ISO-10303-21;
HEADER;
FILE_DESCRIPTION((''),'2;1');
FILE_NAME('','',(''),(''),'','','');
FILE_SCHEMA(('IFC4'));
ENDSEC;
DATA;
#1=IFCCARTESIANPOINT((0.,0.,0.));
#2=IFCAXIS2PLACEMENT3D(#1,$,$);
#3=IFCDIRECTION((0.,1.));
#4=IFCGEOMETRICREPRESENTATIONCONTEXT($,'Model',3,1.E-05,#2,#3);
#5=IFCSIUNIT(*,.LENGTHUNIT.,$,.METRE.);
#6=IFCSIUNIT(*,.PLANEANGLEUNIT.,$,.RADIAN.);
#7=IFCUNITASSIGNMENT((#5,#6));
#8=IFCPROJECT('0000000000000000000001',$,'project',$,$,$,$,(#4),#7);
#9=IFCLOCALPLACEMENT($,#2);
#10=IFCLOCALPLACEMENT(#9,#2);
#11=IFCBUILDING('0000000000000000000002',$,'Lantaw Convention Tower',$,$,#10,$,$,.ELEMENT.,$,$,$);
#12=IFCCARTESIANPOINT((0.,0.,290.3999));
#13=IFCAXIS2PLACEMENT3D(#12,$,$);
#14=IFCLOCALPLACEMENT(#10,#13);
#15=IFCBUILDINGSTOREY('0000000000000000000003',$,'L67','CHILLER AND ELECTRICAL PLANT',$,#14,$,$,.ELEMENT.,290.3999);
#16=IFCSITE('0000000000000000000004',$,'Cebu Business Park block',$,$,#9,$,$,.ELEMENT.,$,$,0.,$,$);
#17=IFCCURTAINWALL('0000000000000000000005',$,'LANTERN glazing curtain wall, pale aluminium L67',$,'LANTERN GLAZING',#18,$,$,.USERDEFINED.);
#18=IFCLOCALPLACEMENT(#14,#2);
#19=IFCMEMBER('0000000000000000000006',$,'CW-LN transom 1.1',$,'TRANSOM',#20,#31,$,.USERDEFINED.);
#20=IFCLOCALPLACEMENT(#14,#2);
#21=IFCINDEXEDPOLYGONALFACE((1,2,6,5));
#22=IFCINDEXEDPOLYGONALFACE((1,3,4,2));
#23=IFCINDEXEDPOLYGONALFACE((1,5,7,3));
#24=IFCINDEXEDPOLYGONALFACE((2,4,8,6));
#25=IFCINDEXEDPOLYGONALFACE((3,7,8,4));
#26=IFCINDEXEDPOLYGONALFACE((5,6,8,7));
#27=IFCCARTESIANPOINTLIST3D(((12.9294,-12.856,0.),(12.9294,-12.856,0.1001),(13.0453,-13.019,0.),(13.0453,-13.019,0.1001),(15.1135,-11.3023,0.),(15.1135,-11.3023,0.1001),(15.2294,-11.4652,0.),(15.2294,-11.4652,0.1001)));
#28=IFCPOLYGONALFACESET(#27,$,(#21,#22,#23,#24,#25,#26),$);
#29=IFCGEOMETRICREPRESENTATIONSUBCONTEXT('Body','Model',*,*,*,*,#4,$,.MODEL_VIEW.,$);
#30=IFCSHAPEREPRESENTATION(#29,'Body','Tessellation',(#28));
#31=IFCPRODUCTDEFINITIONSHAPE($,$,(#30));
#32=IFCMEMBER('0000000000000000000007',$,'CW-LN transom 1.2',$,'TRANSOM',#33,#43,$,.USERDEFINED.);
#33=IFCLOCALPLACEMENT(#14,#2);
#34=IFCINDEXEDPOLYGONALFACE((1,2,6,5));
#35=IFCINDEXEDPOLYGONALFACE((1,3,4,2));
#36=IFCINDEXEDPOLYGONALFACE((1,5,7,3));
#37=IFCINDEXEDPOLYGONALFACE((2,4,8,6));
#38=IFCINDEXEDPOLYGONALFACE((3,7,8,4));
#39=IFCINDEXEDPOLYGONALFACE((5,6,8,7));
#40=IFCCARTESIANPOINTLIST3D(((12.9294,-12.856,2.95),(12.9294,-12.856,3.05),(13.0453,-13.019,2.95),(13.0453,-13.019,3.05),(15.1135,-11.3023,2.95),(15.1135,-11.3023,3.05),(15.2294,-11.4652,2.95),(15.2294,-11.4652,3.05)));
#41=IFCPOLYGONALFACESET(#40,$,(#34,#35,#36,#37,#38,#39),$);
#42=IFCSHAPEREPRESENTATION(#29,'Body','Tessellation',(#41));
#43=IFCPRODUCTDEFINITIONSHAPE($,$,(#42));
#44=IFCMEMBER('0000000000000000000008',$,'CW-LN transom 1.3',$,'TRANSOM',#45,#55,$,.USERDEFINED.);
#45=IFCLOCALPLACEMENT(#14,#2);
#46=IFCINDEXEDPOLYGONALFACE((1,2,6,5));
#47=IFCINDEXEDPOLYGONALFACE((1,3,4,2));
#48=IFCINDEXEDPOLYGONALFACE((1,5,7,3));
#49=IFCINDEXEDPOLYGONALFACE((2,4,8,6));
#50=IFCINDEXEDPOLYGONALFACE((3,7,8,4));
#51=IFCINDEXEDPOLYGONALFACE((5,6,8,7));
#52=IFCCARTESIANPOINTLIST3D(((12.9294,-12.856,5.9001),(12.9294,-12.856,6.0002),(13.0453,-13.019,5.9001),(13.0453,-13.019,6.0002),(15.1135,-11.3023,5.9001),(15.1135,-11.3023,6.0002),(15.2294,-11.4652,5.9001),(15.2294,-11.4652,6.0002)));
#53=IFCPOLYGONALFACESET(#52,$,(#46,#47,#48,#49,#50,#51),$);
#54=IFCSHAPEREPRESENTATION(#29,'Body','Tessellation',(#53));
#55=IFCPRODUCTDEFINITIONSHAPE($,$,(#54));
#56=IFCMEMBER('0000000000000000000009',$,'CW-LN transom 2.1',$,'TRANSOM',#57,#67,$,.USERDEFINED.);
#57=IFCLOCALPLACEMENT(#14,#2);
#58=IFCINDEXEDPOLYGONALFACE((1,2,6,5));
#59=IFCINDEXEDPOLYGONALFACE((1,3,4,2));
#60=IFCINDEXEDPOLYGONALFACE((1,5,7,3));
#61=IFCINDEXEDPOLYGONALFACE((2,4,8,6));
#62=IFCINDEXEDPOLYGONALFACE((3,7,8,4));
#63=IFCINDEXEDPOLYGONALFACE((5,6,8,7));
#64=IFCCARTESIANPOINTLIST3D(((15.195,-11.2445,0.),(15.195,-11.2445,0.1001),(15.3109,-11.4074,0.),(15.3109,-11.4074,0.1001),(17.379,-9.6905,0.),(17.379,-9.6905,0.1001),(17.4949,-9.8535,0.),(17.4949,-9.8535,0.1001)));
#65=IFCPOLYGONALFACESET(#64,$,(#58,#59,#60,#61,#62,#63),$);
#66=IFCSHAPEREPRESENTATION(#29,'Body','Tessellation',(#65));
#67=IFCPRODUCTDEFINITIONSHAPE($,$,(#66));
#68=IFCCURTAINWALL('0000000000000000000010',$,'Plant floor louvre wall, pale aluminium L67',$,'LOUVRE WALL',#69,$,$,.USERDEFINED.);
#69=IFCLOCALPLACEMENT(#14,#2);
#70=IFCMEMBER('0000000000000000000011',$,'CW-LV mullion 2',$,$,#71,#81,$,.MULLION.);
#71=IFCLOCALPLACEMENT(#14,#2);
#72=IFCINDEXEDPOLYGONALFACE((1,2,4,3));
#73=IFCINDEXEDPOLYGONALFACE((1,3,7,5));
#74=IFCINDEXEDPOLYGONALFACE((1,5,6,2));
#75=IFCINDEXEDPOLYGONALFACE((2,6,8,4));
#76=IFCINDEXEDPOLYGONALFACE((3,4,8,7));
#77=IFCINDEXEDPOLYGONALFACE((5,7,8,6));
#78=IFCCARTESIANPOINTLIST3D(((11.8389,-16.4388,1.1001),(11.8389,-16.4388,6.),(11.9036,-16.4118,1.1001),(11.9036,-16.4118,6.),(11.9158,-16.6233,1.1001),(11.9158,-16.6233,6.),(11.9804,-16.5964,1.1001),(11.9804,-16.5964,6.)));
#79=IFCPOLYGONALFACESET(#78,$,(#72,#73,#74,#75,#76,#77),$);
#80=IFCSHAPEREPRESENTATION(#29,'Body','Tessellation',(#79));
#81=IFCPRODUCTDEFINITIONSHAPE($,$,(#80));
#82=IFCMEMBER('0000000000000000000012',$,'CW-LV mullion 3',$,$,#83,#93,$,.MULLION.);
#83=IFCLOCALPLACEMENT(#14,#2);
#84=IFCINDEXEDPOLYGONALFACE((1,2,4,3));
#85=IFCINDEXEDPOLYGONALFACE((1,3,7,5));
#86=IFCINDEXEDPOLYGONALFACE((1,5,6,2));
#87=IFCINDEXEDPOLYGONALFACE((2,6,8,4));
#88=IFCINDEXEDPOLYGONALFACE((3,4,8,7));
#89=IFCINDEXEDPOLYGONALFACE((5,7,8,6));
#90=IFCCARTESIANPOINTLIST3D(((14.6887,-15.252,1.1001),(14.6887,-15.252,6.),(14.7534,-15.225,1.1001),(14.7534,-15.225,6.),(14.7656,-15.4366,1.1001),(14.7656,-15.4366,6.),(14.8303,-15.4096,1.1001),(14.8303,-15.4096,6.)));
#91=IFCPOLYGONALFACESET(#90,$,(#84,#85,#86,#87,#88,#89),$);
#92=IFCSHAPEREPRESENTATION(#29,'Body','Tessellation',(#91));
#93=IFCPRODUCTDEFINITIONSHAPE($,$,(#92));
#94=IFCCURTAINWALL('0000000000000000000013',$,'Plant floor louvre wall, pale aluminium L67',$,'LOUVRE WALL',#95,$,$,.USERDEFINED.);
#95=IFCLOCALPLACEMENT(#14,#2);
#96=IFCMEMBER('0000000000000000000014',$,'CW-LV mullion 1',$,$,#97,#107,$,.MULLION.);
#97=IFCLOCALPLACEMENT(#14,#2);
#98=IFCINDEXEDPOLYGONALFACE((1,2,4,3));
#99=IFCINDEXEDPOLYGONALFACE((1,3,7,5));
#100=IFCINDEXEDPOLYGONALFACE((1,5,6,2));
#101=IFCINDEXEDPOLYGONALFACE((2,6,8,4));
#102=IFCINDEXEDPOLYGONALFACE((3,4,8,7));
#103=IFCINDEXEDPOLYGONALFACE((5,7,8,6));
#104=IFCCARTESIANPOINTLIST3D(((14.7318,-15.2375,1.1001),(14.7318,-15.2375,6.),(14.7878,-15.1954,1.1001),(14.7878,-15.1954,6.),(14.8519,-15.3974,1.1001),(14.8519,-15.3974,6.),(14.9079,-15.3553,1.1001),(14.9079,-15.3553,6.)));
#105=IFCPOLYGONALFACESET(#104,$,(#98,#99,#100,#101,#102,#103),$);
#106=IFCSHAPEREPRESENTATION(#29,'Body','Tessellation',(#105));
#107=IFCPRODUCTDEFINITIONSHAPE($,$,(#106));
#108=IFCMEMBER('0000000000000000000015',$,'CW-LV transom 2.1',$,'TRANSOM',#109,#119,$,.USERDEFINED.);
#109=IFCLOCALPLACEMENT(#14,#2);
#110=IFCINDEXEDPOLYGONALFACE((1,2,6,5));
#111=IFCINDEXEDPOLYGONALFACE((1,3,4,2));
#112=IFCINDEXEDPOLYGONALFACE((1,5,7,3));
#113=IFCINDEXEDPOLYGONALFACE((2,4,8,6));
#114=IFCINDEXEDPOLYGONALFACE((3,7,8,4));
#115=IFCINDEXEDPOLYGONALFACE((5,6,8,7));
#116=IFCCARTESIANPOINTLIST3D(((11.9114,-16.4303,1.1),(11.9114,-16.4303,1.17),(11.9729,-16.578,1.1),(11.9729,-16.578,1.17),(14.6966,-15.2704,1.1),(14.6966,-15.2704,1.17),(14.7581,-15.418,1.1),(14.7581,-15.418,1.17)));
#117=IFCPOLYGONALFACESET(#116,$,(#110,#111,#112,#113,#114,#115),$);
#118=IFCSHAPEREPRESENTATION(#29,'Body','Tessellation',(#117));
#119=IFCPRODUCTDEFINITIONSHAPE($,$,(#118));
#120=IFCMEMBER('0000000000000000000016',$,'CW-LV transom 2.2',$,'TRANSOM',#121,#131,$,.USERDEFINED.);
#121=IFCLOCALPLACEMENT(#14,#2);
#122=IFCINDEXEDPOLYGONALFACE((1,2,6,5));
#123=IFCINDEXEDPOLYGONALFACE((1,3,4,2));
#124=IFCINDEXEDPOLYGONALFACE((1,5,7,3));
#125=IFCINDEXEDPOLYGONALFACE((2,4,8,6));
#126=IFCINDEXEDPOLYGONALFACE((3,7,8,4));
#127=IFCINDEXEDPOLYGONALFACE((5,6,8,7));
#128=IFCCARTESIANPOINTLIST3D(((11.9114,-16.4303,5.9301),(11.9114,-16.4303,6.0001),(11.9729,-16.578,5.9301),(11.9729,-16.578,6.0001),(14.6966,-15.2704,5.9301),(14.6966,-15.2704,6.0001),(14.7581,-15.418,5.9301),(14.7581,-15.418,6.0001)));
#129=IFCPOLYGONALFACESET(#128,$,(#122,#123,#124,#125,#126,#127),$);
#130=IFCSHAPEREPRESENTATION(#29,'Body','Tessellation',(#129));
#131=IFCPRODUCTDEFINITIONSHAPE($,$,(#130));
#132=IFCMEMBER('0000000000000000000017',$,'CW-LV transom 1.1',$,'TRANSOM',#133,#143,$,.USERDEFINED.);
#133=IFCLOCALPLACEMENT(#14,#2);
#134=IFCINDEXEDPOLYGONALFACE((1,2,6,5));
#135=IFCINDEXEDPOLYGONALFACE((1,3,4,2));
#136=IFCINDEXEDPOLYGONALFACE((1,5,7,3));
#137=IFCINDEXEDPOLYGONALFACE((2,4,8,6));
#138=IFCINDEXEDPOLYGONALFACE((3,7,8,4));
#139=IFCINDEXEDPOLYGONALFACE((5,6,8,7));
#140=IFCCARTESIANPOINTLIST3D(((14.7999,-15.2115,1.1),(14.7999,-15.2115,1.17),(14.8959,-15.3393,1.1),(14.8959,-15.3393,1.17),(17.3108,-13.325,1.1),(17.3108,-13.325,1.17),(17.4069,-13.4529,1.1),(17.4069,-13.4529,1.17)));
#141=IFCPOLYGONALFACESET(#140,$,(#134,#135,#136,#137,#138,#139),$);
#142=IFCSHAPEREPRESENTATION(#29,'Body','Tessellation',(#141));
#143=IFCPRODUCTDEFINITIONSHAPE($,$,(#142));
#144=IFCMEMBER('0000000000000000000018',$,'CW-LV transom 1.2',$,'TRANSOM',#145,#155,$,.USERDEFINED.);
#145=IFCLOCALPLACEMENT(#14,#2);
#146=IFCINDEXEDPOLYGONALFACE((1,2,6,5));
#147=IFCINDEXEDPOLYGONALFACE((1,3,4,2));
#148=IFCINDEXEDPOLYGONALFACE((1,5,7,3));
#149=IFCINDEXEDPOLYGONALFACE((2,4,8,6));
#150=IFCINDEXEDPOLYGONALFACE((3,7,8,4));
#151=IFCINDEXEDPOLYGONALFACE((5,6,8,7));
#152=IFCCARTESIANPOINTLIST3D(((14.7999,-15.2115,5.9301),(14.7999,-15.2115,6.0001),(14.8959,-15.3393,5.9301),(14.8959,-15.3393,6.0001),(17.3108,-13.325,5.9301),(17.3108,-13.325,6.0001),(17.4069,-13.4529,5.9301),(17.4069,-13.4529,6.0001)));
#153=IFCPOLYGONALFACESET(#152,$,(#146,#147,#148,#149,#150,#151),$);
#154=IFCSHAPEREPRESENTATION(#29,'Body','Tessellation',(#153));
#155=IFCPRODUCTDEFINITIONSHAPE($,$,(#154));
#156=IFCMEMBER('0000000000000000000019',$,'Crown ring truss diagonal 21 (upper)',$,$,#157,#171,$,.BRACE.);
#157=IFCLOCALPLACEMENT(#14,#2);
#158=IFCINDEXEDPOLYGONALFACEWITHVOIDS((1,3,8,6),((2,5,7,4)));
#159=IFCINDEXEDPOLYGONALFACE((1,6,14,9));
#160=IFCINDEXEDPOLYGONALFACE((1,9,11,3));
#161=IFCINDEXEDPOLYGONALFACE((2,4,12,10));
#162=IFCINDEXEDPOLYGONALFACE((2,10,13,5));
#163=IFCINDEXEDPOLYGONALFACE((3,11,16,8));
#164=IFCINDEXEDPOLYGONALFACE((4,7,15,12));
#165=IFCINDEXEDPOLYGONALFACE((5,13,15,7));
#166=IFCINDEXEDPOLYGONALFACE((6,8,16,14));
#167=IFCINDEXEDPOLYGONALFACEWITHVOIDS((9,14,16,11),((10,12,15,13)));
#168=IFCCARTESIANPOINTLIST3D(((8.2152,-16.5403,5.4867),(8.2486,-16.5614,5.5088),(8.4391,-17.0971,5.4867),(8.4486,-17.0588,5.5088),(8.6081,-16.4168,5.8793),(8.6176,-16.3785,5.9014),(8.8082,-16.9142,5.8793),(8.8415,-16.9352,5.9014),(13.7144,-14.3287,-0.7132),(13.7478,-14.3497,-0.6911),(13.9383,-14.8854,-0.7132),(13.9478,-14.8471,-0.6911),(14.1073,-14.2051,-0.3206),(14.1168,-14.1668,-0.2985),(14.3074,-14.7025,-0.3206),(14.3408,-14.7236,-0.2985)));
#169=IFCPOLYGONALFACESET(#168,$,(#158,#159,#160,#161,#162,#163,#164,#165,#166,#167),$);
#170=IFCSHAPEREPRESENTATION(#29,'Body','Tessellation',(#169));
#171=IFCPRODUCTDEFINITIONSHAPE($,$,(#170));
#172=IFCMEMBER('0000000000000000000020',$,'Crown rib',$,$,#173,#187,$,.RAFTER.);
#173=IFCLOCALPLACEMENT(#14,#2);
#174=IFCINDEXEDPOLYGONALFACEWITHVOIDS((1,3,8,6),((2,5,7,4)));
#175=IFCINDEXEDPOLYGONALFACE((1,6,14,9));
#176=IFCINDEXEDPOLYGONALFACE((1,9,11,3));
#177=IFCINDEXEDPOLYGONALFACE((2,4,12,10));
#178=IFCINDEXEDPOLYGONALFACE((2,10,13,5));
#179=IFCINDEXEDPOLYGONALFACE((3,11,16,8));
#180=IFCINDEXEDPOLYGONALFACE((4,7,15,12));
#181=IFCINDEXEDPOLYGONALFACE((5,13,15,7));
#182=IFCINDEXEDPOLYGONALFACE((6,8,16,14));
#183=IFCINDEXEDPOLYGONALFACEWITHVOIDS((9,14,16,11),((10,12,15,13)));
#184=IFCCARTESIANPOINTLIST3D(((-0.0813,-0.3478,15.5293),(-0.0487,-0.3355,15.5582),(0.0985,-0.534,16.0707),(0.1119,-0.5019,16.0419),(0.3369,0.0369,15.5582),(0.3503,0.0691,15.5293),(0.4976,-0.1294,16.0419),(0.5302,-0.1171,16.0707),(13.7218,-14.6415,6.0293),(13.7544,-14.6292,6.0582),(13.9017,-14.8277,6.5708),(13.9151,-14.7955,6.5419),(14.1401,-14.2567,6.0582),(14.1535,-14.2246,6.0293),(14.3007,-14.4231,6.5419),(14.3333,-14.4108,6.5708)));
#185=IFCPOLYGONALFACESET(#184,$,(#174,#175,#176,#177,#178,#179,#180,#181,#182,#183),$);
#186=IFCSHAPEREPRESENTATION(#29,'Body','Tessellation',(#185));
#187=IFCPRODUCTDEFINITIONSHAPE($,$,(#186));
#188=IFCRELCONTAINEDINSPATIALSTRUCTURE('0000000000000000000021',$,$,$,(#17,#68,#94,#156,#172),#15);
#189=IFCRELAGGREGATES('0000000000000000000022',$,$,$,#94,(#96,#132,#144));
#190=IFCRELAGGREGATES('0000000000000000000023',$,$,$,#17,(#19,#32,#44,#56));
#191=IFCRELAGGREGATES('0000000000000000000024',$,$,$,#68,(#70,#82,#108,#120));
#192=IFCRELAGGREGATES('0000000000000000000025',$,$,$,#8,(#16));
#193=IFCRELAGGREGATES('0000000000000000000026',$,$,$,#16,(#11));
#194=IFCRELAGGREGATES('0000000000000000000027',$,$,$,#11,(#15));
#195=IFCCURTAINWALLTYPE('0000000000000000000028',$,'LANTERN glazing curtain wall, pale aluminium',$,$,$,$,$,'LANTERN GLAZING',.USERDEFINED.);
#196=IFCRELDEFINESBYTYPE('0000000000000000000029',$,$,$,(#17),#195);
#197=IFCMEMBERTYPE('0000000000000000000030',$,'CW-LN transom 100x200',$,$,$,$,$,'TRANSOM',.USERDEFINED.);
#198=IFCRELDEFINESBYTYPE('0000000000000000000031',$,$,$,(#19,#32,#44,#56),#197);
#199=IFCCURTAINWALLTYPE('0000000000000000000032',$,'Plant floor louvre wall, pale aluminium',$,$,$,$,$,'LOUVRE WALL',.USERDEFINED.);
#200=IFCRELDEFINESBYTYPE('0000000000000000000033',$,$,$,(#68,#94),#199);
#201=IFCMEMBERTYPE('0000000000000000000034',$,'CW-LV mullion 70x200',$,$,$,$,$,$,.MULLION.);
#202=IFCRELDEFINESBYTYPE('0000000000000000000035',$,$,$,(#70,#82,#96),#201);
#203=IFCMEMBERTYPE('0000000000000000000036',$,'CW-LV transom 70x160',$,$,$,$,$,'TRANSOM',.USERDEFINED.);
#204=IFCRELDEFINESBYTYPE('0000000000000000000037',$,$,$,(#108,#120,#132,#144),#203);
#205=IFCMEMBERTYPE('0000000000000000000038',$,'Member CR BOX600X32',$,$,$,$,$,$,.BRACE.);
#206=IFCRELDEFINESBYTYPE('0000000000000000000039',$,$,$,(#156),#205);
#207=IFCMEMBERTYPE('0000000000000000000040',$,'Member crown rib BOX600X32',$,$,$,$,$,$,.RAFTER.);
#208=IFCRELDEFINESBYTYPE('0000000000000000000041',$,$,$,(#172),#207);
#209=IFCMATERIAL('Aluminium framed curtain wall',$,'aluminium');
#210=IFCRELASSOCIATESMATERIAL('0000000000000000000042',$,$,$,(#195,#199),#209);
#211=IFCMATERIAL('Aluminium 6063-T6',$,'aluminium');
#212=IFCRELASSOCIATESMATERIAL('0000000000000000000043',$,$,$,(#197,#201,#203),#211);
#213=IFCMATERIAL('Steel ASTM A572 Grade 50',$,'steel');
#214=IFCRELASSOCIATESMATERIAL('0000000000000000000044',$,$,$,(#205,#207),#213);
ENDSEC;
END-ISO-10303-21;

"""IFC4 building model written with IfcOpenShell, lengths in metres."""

from ifc_helpers import new_model, si_unit, direction, frame, origin, origin_2d, place, context, subcontext, project, spatial, rectangle, hollow_rectangle, extrude, material, material_profile, profile_set, type_object, element, aggregate, save


model = new_model("IFC4")

# Units and contexts
model_context = context("Model", 3, precision=1e-05, world=origin(), true_north=direction((0.0, 1.0)))
body_context = subcontext(model_context, "Body", "Model", "MODEL_VIEW")
ifc_project = project(units=[si_unit("LENGTHUNIT", "METRE"), si_unit("PLANEANGLEUNIT", "RADIAN")], contexts=[model_context])

# Site, building, storey
site_placement = place(None, origin())
site = spatial("IfcSite", under=ifc_project, at=site_placement, Name="Cebu Business Park block", CompositionType="ELEMENT", RefElevation=0.0)
building_placement = place(site_placement, origin())
building = spatial("IfcBuilding", under=site, at=building_placement, Name="Lantaw Convention Tower", CompositionType="ELEMENT")
storey_placement = place(building_placement, frame((0.0, 0.0, 290.3999)))
storey = spatial("IfcBuildingStorey", under=building, at=storey_placement, Name="L67", Description="CHILLER AND ELECTRICAL PLANT", CompositionType="ELEMENT", Elevation=290.3999)

# Shared definitions
ifc_material_1 = material(Name="Steel ASTM A572 Grade 50", Category="steel")

# Shared definitions
ifc_material_2 = material(Name="Aluminium framed curtain wall", Category="aluminium")
curtain_wall_type_1 = type_object("IfcCurtainWallType", Name="LANTERN glazing curtain wall, pale aluminium", ElementType="LANTERN GLAZING", PredefinedType="USERDEFINED", material=ifc_material_2)
ifc_material_3 = material(Name="Aluminium 6063-T6", Category="aluminium")

# Curtain walls, members
curtain_wall_1_placement = place(storey_placement, origin())
curtain_wall_1 = element("IfcCurtainWall", 1, at=curtain_wall_1_placement, inside=storey, type_object=curtain_wall_type_1, Name="LANTERN glazing curtain wall, pale aluminium L67", ObjectType="LANTERN GLAZING", PredefinedType="USERDEFINED")
ifc_material_profile_1 = material_profile(ifc_material_3, rectangle(XDim=0.2, YDim=0.1001, at=origin_2d()), Name="CW-LN transom 100x200")
ifc_profile_set_1 = profile_set([ifc_material_profile_1], Name="Aluminium 6063-T6")
member_type_1 = type_object("IfcMemberType", Name="CW-LN transom 100x200", ElementType="TRANSOM", PredefinedType="USERDEFINED", material=ifc_profile_set_1)
member_1_placement = place(storey_placement, frame((12.9873, -12.9375, 0.05), z_axis=(0.814852, 0.579669, 0.0), x_axis=(-0.579669, 0.814852, 0.0)))
member_1 = element("IfcMember", 2, at=member_1_placement, type_object=member_type_1, Name="CW-LN transom 1.1", ObjectType="TRANSOM", PredefinedType="USERDEFINED", context=body_context, shape_type="SweptSolid", body=[
    extrude(rectangle(XDim=0.2, YDim=0.1001, at=origin_2d()), origin(), (0.0, 0.0, 1.0), 2.6804),
])
member_2_placement = place(storey_placement, frame((12.9873, -12.9375, 3.0), z_axis=(0.814852, 0.579669, 0.0), x_axis=(-0.579669, 0.814852, 0.0)))
member_2 = element("IfcMember", 3, at=member_2_placement, type_object=member_type_1, Name="CW-LN transom 1.2", ObjectType="TRANSOM", PredefinedType="USERDEFINED", context=body_context, shape_type="SweptSolid", body=[
    extrude(rectangle(XDim=0.2, YDim=0.1001, at=origin_2d()), origin(), (0.0, 0.0, 1.0), 2.6804),
])
member_3_placement = place(storey_placement, frame((12.9873, -12.9375, 5.9502), z_axis=(0.814852, 0.579669, 0.0), x_axis=(-0.579669, 0.814852, 0.0)))
member_3 = element("IfcMember", 4, at=member_3_placement, type_object=member_type_1, Name="CW-LN transom 1.3", ObjectType="TRANSOM", PredefinedType="USERDEFINED", context=body_context, shape_type="SweptSolid", body=[
    extrude(rectangle(XDim=0.2, YDim=0.1001, at=origin_2d()), origin(), (0.0, 0.0, 1.0), 2.6804),
])
member_4_placement = place(storey_placement, frame((15.2529, -11.3259, 0.05), z_axis=(0.814809, 0.579729, 0.0), x_axis=(-0.579729, 0.814809, 0.0)))
member_4 = element("IfcMember", 5, at=member_4_placement, type_object=member_type_1, Name="CW-LN transom 2.1", ObjectType="TRANSOM", PredefinedType="USERDEFINED", context=body_context, shape_type="SweptSolid", body=[
    extrude(rectangle(XDim=0.2, YDim=0.1001, at=origin_2d()), origin(), (0.0, 0.0, 1.0), 2.6804),
])
curtain_wall_type_2 = type_object("IfcCurtainWallType", Name="Plant floor louvre wall, pale aluminium", ElementType="LOUVRE WALL", PredefinedType="USERDEFINED", material=ifc_material_2)
curtain_wall_2_placement = place(storey_placement, origin())
curtain_wall_2 = element("IfcCurtainWall", 6, at=curtain_wall_2_placement, inside=storey, type_object=curtain_wall_type_2, Name="Plant floor louvre wall, pale aluminium L67", ObjectType="LOUVRE WALL", PredefinedType="USERDEFINED")
ifc_material_profile_2 = material_profile(ifc_material_3, rectangle(XDim=0.2, YDim=0.0701, at=origin_2d()), Name="CW-LV mullion 70x200")
ifc_profile_set_2 = profile_set([ifc_material_profile_2], Name="Aluminium 6063-T6")
member_type_2 = type_object("IfcMemberType", Name="CW-LV mullion 70x200", PredefinedType="MULLION", material=ifc_profile_set_2)
member_5_placement = place(storey_placement, frame((11.9097, -16.5176, 1.1001), z_axis=(0.0, 0.0, 1.0), x_axis=(-0.38446, 0.923142, 0.0)))
member_5 = element("IfcMember", 7, at=member_5_placement, type_object=member_type_2, Name="CW-LV mullion 2", PredefinedType="MULLION", context=body_context, shape_type="SweptSolid", body=[
    extrude(rectangle(XDim=0.2, YDim=0.0701, at=origin_2d()), origin(), (0.0, 0.0, 1.0), 4.8999),
])
member_6_placement = place(storey_placement, frame((14.7595, -15.3308, 1.1001), z_axis=(0.0, 0.0, 1.0), x_axis=(-0.38446, 0.923142, 0.0)))
member_6 = element("IfcMember", 8, at=member_6_placement, type_object=member_type_2, Name="CW-LV mullion 3", PredefinedType="MULLION", context=body_context, shape_type="SweptSolid", body=[
    extrude(rectangle(XDim=0.2, YDim=0.0701, at=origin_2d()), origin(), (0.0, 0.0, 1.0), 4.8999),
])

# Curtain wall, member
curtain_wall_3_placement = place(storey_placement, origin())
curtain_wall_3 = element("IfcCurtainWall", 9, at=curtain_wall_3_placement, inside=storey, type_object=curtain_wall_type_2, Name="Plant floor louvre wall, pale aluminium L67", ObjectType="LOUVRE WALL", PredefinedType="USERDEFINED")
member_7_placement = place(storey_placement, frame((14.8198, -15.2964, 1.1001), z_axis=(0.0, 0.0, 1.0), x_axis=(-0.600643, 0.799518, 0.0)))
member_7 = element("IfcMember", 10, at=member_7_placement, type_object=member_type_2, Name="CW-LV mullion 1", PredefinedType="MULLION", context=body_context, shape_type="SweptSolid", body=[
    extrude(rectangle(XDim=0.2, YDim=0.0701, at=origin_2d()), origin(), (0.0, 0.0, 1.0), 4.8999),
])

# Members
ifc_material_profile_3 = material_profile(ifc_material_3, rectangle(XDim=0.1599, YDim=0.0701, at=origin_2d()), Name="CW-LV transom 70x160")
ifc_profile_set_3 = profile_set([ifc_material_profile_3], Name="Aluminium 6063-T6")
member_type_3 = type_object("IfcMemberType", Name="CW-LV transom 70x160", ElementType="TRANSOM", PredefinedType="USERDEFINED", material=ifc_profile_set_3)
member_8_placement = place(storey_placement, frame((11.9421, -16.5042, 1.135), z_axis=(0.923144, 0.384454, 0.0), x_axis=(-0.384454, 0.923144, 0.0)))
member_8 = element("IfcMember", 11, at=member_8_placement, type_object=member_type_3, Name="CW-LV transom 2.1", ObjectType="TRANSOM", PredefinedType="USERDEFINED", context=body_context, shape_type="SweptSolid", body=[
    extrude(rectangle(XDim=0.1599, YDim=0.0701, at=origin_2d()), origin(), (0.0, 0.0, 1.0), 3.0171),
])
member_9_placement = place(storey_placement, frame((11.9421, -16.5042, 5.9651), z_axis=(0.923144, 0.384454, 0.0), x_axis=(-0.384454, 0.923144, 0.0)))
member_9 = element("IfcMember", 12, at=member_9_placement, type_object=member_type_3, Name="CW-LV transom 2.2", ObjectType="TRANSOM", PredefinedType="USERDEFINED", context=body_context, shape_type="SweptSolid", body=[
    extrude(rectangle(XDim=0.1599, YDim=0.0701, at=origin_2d()), origin(), (0.0, 0.0, 1.0), 3.0171),
])
member_10_placement = place(storey_placement, frame((14.8479, -15.2754, 1.135), z_axis=(0.799505, 0.600659, 0.0), x_axis=(-0.600659, 0.799505, 0.0)))
member_10 = element("IfcMember", 13, at=member_10_placement, type_object=member_type_3, Name="CW-LV transom 1.1", ObjectType="TRANSOM", PredefinedType="USERDEFINED", context=body_context, shape_type="SweptSolid", body=[
    extrude(rectangle(XDim=0.1599, YDim=0.0701, at=origin_2d()), origin(), (0.0, 0.0, 1.0), 3.1406),
])
member_11_placement = place(storey_placement, frame((14.8479, -15.2754, 5.9651), z_axis=(0.799505, 0.600659, 0.0), x_axis=(-0.600659, 0.799505, 0.0)))
member_11 = element("IfcMember", 14, at=member_11_placement, type_object=member_type_3, Name="CW-LV transom 1.2", ObjectType="TRANSOM", PredefinedType="USERDEFINED", context=body_context, shape_type="SweptSolid", body=[
    extrude(rectangle(XDim=0.1599, YDim=0.0701, at=origin_2d()), origin(), (0.0, 0.0, 1.0), 3.1406),
])
aggregate(curtain_wall_3, [member_7, member_10, member_11])

# Members
ifc_material_profile_4 = material_profile(ifc_material_1, hollow_rectangle(XDim=0.6001, YDim=0.6001, WallThickness=0.032, at=origin_2d()), Name="BOX600X32")
ifc_profile_set_4 = profile_set([ifc_material_profile_4], Name="Steel ASTM A572 Grade 50")
member_type_4 = type_object("IfcMemberType", Name="Member CR BOX600X32", PredefinedType="BRACE", material=ifc_profile_set_4)
member_12_placement = place(storey_placement, frame((14.0276, -14.5261, -0.5059), z_axis=(-0.64113, -0.257847, 0.722819), x_axis=(0.37313, -0.927779, 0.0)))
element("IfcMember", 15, at=member_12_placement, inside=storey, type_object=member_type_4, Name="Crown ring truss diagonal 21 (upper)", PredefinedType="BRACE", context=body_context, shape_type="SweptSolid", body=[
    extrude(hollow_rectangle(XDim=0.6001, YDim=0.6001, WallThickness=0.032, at=origin_2d()), origin(), (0.0, 0.0, 1.0), 8.5774),
])
ifc_material_profile_5 = material_profile(ifc_material_1, hollow_rectangle(XDim=0.6001, YDim=0.6001, WallThickness=0.032, at=origin_2d()), Name="BOX600X32")
ifc_profile_set_5 = profile_set([ifc_material_profile_5], Name="Steel ASTM A572 Grade 50")
member_type_5 = type_object("IfcMemberType", Name="Member crown rib BOX600X32", PredefinedType="RAFTER", material=ifc_profile_set_5)
member_13_placement = place(storey_placement, frame((14.0276, -14.5261, 6.3), z_axis=(-0.626715, 0.648984, 0.431333), x_axis=(-0.719341, -0.694657, 0.0)))
element("IfcMember", 16, at=member_13_placement, inside=storey, type_object=member_type_5, Name="Crown rib", PredefinedType="RAFTER", context=body_context, shape_type="SweptSolid", body=[
    extrude(hollow_rectangle(XDim=0.6001, YDim=0.6001, WallThickness=0.032, at=origin_2d()), origin(), (0.0, 0.0, 1.0), 22.0247),
])

aggregate(curtain_wall_1, [member_1, member_2, member_3, member_4])
aggregate(curtain_wall_2, [member_5, member_6, member_8, member_9])

save(model, "model.ifc")
